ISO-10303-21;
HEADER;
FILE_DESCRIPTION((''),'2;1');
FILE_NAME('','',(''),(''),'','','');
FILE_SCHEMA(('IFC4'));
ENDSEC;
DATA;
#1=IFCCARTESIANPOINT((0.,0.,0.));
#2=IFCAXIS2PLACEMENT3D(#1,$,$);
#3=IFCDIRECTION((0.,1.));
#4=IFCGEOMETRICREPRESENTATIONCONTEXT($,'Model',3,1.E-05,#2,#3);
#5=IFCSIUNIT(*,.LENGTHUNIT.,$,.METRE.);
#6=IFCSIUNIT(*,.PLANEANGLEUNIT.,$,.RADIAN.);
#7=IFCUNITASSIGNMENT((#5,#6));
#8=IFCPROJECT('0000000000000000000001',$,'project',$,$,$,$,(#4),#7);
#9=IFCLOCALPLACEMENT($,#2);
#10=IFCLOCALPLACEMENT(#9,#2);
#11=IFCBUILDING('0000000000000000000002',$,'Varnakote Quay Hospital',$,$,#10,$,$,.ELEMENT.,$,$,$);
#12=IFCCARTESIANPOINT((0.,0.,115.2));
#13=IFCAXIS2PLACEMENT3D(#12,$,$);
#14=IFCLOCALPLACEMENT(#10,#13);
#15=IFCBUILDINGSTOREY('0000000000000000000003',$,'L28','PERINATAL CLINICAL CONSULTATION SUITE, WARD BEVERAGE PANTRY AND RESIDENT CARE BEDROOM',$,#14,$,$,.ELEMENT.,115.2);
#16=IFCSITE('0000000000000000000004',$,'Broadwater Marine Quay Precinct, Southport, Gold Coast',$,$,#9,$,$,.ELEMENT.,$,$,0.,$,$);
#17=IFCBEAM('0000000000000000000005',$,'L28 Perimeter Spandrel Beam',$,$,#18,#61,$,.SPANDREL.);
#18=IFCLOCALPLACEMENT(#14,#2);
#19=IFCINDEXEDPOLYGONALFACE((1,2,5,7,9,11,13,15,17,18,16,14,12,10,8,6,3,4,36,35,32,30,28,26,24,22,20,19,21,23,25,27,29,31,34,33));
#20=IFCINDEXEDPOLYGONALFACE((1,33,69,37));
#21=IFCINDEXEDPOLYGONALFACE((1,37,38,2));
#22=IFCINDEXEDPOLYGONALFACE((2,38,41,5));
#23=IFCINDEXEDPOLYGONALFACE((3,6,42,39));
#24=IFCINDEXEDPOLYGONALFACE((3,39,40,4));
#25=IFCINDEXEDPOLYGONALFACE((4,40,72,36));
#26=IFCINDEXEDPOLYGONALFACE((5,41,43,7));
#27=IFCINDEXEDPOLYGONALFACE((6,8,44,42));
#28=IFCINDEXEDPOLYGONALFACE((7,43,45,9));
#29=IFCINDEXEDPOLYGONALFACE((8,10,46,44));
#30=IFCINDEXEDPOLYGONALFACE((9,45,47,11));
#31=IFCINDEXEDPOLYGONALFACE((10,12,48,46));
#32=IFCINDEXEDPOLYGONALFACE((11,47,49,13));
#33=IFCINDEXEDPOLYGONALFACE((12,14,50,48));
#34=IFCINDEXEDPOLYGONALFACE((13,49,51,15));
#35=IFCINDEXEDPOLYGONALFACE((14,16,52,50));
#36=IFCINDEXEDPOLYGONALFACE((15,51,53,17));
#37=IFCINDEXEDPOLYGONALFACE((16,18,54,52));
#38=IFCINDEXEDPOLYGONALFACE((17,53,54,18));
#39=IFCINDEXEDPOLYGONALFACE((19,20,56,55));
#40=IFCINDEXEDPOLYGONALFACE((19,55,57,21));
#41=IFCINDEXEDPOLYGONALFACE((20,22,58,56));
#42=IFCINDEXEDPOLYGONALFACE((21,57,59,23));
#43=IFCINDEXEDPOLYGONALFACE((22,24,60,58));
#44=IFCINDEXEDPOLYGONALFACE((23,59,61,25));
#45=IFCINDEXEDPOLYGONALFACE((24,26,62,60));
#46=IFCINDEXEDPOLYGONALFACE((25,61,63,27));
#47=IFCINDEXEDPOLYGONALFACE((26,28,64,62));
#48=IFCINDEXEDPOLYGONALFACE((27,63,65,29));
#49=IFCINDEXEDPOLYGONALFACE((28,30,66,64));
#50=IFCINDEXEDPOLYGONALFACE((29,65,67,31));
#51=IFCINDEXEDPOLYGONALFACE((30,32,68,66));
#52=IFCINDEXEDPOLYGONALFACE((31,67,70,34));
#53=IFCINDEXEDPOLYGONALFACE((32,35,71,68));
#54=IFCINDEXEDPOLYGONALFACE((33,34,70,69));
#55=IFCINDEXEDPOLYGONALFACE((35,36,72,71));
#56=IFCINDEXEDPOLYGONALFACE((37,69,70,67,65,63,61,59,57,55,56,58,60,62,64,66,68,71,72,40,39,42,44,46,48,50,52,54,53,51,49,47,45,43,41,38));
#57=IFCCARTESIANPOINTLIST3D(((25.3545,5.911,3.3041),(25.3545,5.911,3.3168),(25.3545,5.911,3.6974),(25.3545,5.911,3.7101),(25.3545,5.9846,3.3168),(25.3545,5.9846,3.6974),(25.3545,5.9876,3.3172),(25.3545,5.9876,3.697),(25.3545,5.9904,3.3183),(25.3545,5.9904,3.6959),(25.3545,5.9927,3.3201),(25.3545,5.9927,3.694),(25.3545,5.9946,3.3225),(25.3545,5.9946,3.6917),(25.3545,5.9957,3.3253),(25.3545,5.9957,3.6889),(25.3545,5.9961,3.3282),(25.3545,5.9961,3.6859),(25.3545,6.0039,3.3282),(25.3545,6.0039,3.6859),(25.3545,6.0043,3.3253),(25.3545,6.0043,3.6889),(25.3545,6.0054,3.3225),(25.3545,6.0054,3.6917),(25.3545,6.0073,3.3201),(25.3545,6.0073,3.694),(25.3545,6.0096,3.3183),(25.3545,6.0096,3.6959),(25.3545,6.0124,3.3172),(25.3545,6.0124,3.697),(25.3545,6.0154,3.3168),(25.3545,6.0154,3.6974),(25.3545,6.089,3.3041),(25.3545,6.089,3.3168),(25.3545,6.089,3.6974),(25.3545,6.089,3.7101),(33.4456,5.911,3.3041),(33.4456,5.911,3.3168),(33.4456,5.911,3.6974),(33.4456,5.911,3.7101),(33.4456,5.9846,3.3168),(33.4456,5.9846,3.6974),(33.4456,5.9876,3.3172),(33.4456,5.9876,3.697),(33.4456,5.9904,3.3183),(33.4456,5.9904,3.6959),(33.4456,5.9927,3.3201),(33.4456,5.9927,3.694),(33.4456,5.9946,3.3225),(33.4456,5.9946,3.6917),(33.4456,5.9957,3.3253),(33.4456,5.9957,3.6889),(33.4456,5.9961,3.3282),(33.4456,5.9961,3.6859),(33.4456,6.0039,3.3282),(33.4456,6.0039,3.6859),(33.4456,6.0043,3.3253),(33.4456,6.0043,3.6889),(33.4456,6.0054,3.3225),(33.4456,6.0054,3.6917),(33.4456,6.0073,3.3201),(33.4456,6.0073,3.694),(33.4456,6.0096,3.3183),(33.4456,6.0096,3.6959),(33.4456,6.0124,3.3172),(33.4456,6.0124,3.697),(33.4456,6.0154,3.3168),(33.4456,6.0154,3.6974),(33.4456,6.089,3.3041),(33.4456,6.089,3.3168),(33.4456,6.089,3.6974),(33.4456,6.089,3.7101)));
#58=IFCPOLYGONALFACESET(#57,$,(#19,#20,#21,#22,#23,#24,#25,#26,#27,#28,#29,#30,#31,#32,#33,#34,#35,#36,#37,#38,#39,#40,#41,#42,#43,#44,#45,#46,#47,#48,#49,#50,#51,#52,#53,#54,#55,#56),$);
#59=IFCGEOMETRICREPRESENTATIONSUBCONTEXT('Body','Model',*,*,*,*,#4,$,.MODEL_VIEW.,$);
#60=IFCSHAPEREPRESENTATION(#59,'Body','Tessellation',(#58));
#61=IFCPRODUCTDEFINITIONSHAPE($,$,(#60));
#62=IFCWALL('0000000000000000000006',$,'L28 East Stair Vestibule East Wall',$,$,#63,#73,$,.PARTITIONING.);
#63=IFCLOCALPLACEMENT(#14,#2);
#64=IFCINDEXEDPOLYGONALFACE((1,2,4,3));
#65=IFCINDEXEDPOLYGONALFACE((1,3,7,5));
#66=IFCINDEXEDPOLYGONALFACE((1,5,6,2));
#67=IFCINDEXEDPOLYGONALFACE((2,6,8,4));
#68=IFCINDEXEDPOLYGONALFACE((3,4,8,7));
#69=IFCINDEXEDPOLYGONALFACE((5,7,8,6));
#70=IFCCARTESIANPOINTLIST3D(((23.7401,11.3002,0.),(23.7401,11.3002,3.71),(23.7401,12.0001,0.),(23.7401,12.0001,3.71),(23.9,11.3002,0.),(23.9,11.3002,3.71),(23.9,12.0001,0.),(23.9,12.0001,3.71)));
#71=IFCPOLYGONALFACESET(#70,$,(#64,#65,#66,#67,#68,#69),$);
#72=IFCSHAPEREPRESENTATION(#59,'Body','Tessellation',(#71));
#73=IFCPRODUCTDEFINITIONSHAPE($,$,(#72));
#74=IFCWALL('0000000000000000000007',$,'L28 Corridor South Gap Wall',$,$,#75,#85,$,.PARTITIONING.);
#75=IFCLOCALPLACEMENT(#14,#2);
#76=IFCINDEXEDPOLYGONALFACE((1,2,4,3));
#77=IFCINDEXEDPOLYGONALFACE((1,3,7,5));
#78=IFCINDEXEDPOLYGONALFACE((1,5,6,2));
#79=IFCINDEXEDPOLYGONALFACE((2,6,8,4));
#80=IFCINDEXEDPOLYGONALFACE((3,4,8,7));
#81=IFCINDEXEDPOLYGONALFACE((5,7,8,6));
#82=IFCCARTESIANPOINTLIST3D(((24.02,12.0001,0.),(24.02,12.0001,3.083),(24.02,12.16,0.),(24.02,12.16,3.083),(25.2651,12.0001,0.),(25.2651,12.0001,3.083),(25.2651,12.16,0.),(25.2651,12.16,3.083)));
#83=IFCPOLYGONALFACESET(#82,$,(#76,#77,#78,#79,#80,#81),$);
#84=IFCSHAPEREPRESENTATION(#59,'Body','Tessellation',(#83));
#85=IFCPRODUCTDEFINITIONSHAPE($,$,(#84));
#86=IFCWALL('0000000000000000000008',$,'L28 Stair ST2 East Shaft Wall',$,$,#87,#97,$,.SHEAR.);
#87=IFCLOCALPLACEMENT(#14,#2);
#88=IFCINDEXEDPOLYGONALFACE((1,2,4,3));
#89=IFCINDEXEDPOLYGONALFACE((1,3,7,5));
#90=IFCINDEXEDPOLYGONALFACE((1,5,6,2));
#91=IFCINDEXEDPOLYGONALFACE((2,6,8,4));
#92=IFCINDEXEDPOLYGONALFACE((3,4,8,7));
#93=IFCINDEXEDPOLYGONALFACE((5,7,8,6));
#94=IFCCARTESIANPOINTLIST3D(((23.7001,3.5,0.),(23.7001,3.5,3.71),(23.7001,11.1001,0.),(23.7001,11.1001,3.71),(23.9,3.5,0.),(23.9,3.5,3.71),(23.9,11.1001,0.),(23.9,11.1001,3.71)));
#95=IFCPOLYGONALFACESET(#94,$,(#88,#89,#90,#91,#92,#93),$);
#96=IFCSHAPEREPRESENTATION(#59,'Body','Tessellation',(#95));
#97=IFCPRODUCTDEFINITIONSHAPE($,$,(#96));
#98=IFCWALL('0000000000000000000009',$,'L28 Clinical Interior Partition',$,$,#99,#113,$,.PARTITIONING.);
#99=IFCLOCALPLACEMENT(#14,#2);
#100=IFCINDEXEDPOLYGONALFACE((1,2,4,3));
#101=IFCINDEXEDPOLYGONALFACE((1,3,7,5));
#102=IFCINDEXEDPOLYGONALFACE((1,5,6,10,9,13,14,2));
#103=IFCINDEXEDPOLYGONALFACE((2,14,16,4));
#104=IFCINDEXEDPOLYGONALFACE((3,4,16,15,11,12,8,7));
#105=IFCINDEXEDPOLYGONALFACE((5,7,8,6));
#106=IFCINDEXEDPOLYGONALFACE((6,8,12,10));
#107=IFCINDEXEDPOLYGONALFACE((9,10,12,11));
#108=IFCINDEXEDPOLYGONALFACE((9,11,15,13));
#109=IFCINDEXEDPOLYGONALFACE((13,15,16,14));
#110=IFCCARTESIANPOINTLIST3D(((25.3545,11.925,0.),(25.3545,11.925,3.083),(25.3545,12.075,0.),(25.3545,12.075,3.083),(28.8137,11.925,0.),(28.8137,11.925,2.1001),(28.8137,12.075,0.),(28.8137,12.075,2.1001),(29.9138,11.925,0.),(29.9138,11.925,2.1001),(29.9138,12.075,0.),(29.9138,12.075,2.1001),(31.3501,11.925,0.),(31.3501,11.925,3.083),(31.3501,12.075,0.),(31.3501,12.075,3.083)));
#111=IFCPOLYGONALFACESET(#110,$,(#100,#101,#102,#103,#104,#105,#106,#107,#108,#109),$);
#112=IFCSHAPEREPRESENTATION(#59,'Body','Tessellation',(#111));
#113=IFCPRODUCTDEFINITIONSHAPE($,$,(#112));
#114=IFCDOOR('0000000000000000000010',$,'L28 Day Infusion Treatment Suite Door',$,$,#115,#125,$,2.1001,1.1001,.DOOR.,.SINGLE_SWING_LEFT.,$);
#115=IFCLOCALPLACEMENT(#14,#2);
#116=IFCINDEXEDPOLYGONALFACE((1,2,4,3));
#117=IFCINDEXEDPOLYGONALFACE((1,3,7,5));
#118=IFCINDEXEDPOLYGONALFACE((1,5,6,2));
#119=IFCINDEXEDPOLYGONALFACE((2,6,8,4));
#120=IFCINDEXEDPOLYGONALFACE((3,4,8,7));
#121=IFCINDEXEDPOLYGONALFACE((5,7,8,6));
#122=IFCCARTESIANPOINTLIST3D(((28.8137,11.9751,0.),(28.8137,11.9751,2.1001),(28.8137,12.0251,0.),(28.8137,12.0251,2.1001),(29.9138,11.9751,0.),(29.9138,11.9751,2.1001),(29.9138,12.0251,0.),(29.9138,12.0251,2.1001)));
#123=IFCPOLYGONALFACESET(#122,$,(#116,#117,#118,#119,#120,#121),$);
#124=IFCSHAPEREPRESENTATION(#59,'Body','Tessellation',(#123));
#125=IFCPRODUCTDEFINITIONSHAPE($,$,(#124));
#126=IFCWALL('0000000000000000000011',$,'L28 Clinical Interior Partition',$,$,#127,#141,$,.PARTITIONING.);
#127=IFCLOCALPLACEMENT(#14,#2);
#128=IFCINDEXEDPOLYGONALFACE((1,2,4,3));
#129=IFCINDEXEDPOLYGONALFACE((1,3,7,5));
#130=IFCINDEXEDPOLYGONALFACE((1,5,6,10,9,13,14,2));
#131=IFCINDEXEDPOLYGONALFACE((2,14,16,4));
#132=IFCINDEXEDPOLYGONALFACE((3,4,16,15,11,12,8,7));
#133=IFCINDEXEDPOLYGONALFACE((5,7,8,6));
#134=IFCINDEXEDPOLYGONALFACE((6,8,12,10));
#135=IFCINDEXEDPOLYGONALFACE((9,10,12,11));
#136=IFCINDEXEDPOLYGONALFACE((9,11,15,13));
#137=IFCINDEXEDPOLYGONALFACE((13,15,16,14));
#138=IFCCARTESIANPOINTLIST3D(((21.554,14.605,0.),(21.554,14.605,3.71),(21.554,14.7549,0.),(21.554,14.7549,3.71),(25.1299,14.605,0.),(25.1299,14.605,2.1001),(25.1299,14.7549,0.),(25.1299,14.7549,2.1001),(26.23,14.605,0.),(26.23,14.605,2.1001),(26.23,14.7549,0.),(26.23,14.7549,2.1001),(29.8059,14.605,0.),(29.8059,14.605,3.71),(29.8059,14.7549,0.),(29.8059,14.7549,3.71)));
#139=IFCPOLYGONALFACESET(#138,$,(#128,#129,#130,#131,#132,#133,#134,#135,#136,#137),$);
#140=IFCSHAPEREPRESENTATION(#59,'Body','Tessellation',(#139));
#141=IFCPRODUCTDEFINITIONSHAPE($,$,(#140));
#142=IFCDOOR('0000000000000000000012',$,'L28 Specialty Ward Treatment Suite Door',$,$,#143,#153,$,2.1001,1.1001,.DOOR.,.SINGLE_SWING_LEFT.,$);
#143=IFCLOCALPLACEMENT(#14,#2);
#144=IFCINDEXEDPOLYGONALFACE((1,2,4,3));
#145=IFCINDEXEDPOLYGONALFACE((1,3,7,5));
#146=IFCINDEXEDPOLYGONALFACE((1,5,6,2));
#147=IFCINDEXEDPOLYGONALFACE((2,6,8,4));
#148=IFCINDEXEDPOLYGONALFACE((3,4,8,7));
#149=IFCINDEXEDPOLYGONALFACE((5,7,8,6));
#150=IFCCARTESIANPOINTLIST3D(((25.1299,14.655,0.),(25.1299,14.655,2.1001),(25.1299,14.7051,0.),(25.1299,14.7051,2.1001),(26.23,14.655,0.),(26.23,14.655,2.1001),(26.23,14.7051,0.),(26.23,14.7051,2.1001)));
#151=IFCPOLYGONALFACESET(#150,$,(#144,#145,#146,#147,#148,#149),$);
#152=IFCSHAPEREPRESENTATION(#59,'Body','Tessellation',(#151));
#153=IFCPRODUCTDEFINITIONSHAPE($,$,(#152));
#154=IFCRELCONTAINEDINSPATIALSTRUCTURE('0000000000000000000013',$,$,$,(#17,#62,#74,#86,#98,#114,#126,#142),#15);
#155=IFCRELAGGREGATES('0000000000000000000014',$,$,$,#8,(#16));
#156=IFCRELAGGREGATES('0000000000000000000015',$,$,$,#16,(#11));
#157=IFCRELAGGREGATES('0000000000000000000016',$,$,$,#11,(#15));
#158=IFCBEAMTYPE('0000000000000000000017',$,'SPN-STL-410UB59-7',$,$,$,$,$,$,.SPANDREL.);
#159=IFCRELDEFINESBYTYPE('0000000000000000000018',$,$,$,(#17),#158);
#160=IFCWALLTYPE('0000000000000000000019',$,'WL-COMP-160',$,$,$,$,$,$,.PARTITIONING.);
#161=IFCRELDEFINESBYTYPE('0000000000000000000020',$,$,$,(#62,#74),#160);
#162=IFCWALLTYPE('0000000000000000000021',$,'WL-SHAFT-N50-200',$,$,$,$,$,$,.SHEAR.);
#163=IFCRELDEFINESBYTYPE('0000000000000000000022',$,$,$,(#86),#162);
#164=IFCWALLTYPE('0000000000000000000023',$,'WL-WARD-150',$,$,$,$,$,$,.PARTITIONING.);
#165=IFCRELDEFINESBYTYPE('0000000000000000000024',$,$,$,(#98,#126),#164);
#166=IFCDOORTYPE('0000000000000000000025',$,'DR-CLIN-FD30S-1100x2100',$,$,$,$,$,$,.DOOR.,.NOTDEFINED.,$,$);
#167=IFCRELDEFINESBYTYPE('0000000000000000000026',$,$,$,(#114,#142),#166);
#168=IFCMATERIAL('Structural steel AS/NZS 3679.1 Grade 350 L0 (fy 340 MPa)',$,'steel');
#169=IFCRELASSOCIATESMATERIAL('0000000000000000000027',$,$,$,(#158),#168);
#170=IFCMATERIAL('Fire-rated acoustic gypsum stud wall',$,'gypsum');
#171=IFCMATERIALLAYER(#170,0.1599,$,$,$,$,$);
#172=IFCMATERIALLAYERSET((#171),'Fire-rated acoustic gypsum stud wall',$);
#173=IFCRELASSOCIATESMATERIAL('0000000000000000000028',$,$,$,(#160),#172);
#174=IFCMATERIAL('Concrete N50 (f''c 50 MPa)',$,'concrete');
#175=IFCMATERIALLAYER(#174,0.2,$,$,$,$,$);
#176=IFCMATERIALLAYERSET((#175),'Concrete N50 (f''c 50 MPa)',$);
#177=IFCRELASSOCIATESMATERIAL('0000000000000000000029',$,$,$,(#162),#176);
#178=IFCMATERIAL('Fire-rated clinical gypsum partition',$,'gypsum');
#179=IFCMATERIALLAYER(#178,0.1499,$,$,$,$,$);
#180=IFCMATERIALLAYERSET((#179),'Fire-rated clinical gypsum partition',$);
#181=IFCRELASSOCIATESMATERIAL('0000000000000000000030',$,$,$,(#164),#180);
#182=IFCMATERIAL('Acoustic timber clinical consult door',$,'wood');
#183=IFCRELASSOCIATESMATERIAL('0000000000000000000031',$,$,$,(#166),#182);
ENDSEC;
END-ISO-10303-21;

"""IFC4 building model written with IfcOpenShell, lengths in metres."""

from ifc_helpers import new_model, si_unit, direction, frame, frame_2d, origin, origin_2d, place, context, subcontext, project, spatial, rectangle, i_section, extrude, material, layer, layer_set, material_profile, profile_set, type_object, element, fill, save


model = new_model("IFC4")

# Units and contexts
model_context = context("Model", 3, precision=1e-05, world=origin(), true_north=direction((0.0, 1.0)))
body_context = subcontext(model_context, "Body", "Model", "MODEL_VIEW")
ifc_project = project(units=[si_unit("LENGTHUNIT", "METRE"), si_unit("PLANEANGLEUNIT", "RADIAN")], contexts=[model_context])

# Site, building, storey
site_placement = place(None, origin())
site = spatial("IfcSite", under=ifc_project, at=site_placement, Name="Broadwater Marine Quay Precinct, Southport, Gold Coast", CompositionType="ELEMENT", RefElevation=0.0)
building_placement = place(site_placement, origin())
building = spatial("IfcBuilding", under=site, at=building_placement, Name="Varnakote Quay Hospital", CompositionType="ELEMENT")
storey_placement = place(building_placement, frame((0.0, 0.0, 115.2)))
storey = spatial("IfcBuildingStorey", under=building, at=storey_placement, Name="L28", Description="PERINATAL CLINICAL CONSULTATION SUITE, WARD BEVERAGE PANTRY AND RESIDENT CARE BEDROOM", CompositionType="ELEMENT", Elevation=115.2)

# Beam
ifc_material_1 = material(Name="Structural steel AS/NZS 3679.1 Grade 350 L0 (fy 340 MPa)", Category="steel")
ifc_material_profile_1 = material_profile(ifc_material_1, i_section(OverallWidth=0.178, OverallDepth=0.406, WebThickness=0.0078, FlangeThickness=0.0127, FilletRadius=0.0115, at=origin_2d()), Name="410UB59.7")
ifc_profile_set_1 = profile_set([ifc_material_profile_1], Name="Structural steel AS/NZS 3679.1 Grade 350 L0 (fy 340 MPa)")
beam_type_1 = type_object("IfcBeamType", Name="SPN-STL-410UB59-7", PredefinedType="SPANDREL", material=ifc_profile_set_1)
beam_1_placement = place(storey_placement, frame((25.3545, 6.0, 3.5071), z_axis=(1.0, 0.0, 0.0), x_axis=(0.0, 1.0, 0.0)))
element("IfcBeam", 1, at=beam_1_placement, inside=storey, type_object=beam_type_1, Name="L28 Perimeter Spandrel Beam", PredefinedType="SPANDREL", context=body_context, shape_type="SweptSolid", body=[
    extrude(i_section(OverallWidth=0.178, OverallDepth=0.406, WebThickness=0.0078, FlangeThickness=0.0127, FilletRadius=0.0115, at=origin_2d()), origin(), (0.0, 0.0, 1.0), 8.0911),
])

# Walls
ifc_material_2 = material(Name="Fire-rated acoustic gypsum stud wall", Category="gypsum")
ifc_layer_1 = layer(ifc_material_2, 0.1599)
ifc_layer_set_1 = layer_set([ifc_layer_1], Name="Fire-rated acoustic gypsum stud wall")
wall_type_1 = type_object("IfcWallType", Name="WL-COMP-160", PredefinedType="PARTITIONING", material=ifc_layer_set_1)
wall_1_placement = place(storey_placement, frame((23.8201, 11.3, 0.0), z_axis=(0.0, 0.0, 1.0), x_axis=(0.0, 1.0, 0.0)))
element("IfcWall", 2, at=wall_1_placement, inside=storey, type_object=wall_type_1, Name="L28 East Stair Vestibule East Wall", PredefinedType="PARTITIONING", context=body_context, shape_type="SweptSolid", body=[
    extrude(rectangle(XDim=0.7, YDim=0.1599, at=frame_2d((0.3501, 0.0))), origin(), (0.0, 0.0, 1.0), 3.71),
])
wall_2_placement = place(storey_placement, frame((24.02, 12.0801, 0.0), z_axis=(0.0, 0.0, 1.0), x_axis=(1.0, 0.0, 0.0)))
element("IfcWall", 3, at=wall_2_placement, inside=storey, type_object=wall_type_1, Name="L28 Corridor South Gap Wall", PredefinedType="PARTITIONING", context=body_context, shape_type="SweptSolid", body=[
    extrude(rectangle(XDim=1.2451, YDim=0.1599, at=frame_2d((0.6226, 0.0))), origin(), (0.0, 0.0, 1.0), 3.083),
])
ifc_material_3 = material(Name="Concrete N50 (f'c 50 MPa)", Category="concrete")
ifc_layer_2 = layer(ifc_material_3, 0.2)
ifc_layer_set_2 = layer_set([ifc_layer_2], Name="Concrete N50 (f'c 50 MPa)")
wall_type_2 = type_object("IfcWallType", Name="WL-SHAFT-N50-200", PredefinedType="SHEAR", material=ifc_layer_set_2)
wall_3_placement = place(storey_placement, frame((23.8, 3.5, 0.0), z_axis=(0.0, 0.0, 1.0), x_axis=(0.0, 1.0, 0.0)))
element("IfcWall", 4, at=wall_3_placement, inside=storey, type_object=wall_type_2, Name="L28 Stair ST2 East Shaft Wall", PredefinedType="SHEAR", context=body_context, shape_type="SweptSolid", body=[
    extrude(rectangle(XDim=7.6001, YDim=0.2, at=frame_2d((3.8, 0.0))), origin(), (0.0, 0.0, 1.0), 3.71),
])

# Walls, openings, doors
ifc_material_4 = material(Name="Fire-rated clinical gypsum partition", Category="gypsum")
ifc_layer_3 = layer(ifc_material_4, 0.1499)
ifc_layer_set_3 = layer_set([ifc_layer_3], Name="Fire-rated clinical gypsum partition")
wall_type_3 = type_object("IfcWallType", Name="WL-WARD-150", PredefinedType="PARTITIONING", material=ifc_layer_set_3)
wall_4_placement = place(storey_placement, frame((31.3501, 12.0, 0.0), z_axis=(0.0, 0.0, 1.0), x_axis=(-1.0, 0.0, 0.0)))
wall_4 = element("IfcWall", 5, at=wall_4_placement, inside=storey, type_object=wall_type_3, Name="L28 Clinical Interior Partition", PredefinedType="PARTITIONING", context=body_context, shape_type="SweptSolid", body=[
    extrude(rectangle(XDim=5.9956, YDim=0.1499, at=frame_2d((2.9978, 0.0))), origin(), (0.0, 0.0, 1.0), 3.083),
])
opening_1_placement = place(wall_4_placement, frame((1.4363, 0.0, 0.0)))
opening_1 = element("IfcOpeningElement", 6, at=opening_1_placement, cuts=wall_4, PredefinedType="OPENING", context=body_context, shape_type="SweptSolid", body=[
    extrude(rectangle(XDim=1.1001, YDim=2.1001, at=frame_2d((0.55, 1.05))), frame((0.0, 0.085, 0.0), z_axis=(0.0, -1.0, 0.0), x_axis=(1.0, 0.0, 0.0)), (0.0, 0.0, 1.0), 0.1699),
])
ifc_material_5 = material(Name="Acoustic timber clinical consult door", Category="wood")
door_type = type_object("IfcDoorType", Name="DR-CLIN-FD30S-1100x2100", OperationType="NOTDEFINED", PredefinedType="DOOR", material=ifc_material_5)
door_1_placement = place(opening_1_placement, origin())
door_1 = element("IfcDoor", 7, at=door_1_placement, inside=storey, type_object=door_type, Name="L28 Day Infusion Treatment Suite Door", OperationType="SINGLE_SWING_LEFT", OverallHeight=2.1001, OverallWidth=1.1001, PredefinedType="DOOR", context=body_context, shape_type="SweptSolid", body=[
    extrude(rectangle(XDim=1.1001, YDim=2.1001, at=frame_2d((0.55, 1.05))), frame((0.0, 0.0249, 0.0), z_axis=(0.0, -1.0, 0.0), x_axis=(1.0, 0.0, 0.0)), (0.0, 0.0, 1.0), 0.05),
])
fill(opening_1, door_1)
wall_5_placement = place(storey_placement, frame((29.8059, 14.6799, 0.0), z_axis=(0.0, 0.0, 1.0), x_axis=(-1.0, 0.0, 0.0)))
wall_5 = element("IfcWall", 8, at=wall_5_placement, inside=storey, type_object=wall_type_3, Name="L28 Clinical Interior Partition", PredefinedType="PARTITIONING", context=body_context, shape_type="SweptSolid", body=[
    extrude(rectangle(XDim=8.252, YDim=0.1499, at=frame_2d((4.126, 0.0))), origin(), (0.0, 0.0, 1.0), 3.71),
])
opening_2_placement = place(wall_5_placement, frame((3.5759, 0.0, 0.0)))
opening_2 = element("IfcOpeningElement", 9, at=opening_2_placement, cuts=wall_5, PredefinedType="OPENING", context=body_context, shape_type="SweptSolid", body=[
    extrude(rectangle(XDim=1.1001, YDim=2.1001, at=frame_2d((0.55, 1.05))), frame((0.0, 0.085, 0.0), z_axis=(0.0, -1.0, 0.0), x_axis=(1.0, 0.0, 0.0)), (0.0, 0.0, 1.0), 0.1699),
])
door_2_placement = place(opening_2_placement, origin())
door_2 = element("IfcDoor", 10, at=door_2_placement, inside=storey, type_object=door_type, Name="L28 Specialty Ward Treatment Suite Door", OperationType="SINGLE_SWING_LEFT", OverallHeight=2.1001, OverallWidth=1.1001, PredefinedType="DOOR", context=body_context, shape_type="SweptSolid", body=[
    extrude(rectangle(XDim=1.1001, YDim=2.1001, at=frame_2d((0.55, 1.05))), frame((0.0, 0.0249, 0.0), z_axis=(0.0, -1.0, 0.0), x_axis=(1.0, 0.0, 0.0)), (0.0, 0.0, 1.0), 0.05),
])
fill(opening_2, door_2)

save(model, "model.ifc")
